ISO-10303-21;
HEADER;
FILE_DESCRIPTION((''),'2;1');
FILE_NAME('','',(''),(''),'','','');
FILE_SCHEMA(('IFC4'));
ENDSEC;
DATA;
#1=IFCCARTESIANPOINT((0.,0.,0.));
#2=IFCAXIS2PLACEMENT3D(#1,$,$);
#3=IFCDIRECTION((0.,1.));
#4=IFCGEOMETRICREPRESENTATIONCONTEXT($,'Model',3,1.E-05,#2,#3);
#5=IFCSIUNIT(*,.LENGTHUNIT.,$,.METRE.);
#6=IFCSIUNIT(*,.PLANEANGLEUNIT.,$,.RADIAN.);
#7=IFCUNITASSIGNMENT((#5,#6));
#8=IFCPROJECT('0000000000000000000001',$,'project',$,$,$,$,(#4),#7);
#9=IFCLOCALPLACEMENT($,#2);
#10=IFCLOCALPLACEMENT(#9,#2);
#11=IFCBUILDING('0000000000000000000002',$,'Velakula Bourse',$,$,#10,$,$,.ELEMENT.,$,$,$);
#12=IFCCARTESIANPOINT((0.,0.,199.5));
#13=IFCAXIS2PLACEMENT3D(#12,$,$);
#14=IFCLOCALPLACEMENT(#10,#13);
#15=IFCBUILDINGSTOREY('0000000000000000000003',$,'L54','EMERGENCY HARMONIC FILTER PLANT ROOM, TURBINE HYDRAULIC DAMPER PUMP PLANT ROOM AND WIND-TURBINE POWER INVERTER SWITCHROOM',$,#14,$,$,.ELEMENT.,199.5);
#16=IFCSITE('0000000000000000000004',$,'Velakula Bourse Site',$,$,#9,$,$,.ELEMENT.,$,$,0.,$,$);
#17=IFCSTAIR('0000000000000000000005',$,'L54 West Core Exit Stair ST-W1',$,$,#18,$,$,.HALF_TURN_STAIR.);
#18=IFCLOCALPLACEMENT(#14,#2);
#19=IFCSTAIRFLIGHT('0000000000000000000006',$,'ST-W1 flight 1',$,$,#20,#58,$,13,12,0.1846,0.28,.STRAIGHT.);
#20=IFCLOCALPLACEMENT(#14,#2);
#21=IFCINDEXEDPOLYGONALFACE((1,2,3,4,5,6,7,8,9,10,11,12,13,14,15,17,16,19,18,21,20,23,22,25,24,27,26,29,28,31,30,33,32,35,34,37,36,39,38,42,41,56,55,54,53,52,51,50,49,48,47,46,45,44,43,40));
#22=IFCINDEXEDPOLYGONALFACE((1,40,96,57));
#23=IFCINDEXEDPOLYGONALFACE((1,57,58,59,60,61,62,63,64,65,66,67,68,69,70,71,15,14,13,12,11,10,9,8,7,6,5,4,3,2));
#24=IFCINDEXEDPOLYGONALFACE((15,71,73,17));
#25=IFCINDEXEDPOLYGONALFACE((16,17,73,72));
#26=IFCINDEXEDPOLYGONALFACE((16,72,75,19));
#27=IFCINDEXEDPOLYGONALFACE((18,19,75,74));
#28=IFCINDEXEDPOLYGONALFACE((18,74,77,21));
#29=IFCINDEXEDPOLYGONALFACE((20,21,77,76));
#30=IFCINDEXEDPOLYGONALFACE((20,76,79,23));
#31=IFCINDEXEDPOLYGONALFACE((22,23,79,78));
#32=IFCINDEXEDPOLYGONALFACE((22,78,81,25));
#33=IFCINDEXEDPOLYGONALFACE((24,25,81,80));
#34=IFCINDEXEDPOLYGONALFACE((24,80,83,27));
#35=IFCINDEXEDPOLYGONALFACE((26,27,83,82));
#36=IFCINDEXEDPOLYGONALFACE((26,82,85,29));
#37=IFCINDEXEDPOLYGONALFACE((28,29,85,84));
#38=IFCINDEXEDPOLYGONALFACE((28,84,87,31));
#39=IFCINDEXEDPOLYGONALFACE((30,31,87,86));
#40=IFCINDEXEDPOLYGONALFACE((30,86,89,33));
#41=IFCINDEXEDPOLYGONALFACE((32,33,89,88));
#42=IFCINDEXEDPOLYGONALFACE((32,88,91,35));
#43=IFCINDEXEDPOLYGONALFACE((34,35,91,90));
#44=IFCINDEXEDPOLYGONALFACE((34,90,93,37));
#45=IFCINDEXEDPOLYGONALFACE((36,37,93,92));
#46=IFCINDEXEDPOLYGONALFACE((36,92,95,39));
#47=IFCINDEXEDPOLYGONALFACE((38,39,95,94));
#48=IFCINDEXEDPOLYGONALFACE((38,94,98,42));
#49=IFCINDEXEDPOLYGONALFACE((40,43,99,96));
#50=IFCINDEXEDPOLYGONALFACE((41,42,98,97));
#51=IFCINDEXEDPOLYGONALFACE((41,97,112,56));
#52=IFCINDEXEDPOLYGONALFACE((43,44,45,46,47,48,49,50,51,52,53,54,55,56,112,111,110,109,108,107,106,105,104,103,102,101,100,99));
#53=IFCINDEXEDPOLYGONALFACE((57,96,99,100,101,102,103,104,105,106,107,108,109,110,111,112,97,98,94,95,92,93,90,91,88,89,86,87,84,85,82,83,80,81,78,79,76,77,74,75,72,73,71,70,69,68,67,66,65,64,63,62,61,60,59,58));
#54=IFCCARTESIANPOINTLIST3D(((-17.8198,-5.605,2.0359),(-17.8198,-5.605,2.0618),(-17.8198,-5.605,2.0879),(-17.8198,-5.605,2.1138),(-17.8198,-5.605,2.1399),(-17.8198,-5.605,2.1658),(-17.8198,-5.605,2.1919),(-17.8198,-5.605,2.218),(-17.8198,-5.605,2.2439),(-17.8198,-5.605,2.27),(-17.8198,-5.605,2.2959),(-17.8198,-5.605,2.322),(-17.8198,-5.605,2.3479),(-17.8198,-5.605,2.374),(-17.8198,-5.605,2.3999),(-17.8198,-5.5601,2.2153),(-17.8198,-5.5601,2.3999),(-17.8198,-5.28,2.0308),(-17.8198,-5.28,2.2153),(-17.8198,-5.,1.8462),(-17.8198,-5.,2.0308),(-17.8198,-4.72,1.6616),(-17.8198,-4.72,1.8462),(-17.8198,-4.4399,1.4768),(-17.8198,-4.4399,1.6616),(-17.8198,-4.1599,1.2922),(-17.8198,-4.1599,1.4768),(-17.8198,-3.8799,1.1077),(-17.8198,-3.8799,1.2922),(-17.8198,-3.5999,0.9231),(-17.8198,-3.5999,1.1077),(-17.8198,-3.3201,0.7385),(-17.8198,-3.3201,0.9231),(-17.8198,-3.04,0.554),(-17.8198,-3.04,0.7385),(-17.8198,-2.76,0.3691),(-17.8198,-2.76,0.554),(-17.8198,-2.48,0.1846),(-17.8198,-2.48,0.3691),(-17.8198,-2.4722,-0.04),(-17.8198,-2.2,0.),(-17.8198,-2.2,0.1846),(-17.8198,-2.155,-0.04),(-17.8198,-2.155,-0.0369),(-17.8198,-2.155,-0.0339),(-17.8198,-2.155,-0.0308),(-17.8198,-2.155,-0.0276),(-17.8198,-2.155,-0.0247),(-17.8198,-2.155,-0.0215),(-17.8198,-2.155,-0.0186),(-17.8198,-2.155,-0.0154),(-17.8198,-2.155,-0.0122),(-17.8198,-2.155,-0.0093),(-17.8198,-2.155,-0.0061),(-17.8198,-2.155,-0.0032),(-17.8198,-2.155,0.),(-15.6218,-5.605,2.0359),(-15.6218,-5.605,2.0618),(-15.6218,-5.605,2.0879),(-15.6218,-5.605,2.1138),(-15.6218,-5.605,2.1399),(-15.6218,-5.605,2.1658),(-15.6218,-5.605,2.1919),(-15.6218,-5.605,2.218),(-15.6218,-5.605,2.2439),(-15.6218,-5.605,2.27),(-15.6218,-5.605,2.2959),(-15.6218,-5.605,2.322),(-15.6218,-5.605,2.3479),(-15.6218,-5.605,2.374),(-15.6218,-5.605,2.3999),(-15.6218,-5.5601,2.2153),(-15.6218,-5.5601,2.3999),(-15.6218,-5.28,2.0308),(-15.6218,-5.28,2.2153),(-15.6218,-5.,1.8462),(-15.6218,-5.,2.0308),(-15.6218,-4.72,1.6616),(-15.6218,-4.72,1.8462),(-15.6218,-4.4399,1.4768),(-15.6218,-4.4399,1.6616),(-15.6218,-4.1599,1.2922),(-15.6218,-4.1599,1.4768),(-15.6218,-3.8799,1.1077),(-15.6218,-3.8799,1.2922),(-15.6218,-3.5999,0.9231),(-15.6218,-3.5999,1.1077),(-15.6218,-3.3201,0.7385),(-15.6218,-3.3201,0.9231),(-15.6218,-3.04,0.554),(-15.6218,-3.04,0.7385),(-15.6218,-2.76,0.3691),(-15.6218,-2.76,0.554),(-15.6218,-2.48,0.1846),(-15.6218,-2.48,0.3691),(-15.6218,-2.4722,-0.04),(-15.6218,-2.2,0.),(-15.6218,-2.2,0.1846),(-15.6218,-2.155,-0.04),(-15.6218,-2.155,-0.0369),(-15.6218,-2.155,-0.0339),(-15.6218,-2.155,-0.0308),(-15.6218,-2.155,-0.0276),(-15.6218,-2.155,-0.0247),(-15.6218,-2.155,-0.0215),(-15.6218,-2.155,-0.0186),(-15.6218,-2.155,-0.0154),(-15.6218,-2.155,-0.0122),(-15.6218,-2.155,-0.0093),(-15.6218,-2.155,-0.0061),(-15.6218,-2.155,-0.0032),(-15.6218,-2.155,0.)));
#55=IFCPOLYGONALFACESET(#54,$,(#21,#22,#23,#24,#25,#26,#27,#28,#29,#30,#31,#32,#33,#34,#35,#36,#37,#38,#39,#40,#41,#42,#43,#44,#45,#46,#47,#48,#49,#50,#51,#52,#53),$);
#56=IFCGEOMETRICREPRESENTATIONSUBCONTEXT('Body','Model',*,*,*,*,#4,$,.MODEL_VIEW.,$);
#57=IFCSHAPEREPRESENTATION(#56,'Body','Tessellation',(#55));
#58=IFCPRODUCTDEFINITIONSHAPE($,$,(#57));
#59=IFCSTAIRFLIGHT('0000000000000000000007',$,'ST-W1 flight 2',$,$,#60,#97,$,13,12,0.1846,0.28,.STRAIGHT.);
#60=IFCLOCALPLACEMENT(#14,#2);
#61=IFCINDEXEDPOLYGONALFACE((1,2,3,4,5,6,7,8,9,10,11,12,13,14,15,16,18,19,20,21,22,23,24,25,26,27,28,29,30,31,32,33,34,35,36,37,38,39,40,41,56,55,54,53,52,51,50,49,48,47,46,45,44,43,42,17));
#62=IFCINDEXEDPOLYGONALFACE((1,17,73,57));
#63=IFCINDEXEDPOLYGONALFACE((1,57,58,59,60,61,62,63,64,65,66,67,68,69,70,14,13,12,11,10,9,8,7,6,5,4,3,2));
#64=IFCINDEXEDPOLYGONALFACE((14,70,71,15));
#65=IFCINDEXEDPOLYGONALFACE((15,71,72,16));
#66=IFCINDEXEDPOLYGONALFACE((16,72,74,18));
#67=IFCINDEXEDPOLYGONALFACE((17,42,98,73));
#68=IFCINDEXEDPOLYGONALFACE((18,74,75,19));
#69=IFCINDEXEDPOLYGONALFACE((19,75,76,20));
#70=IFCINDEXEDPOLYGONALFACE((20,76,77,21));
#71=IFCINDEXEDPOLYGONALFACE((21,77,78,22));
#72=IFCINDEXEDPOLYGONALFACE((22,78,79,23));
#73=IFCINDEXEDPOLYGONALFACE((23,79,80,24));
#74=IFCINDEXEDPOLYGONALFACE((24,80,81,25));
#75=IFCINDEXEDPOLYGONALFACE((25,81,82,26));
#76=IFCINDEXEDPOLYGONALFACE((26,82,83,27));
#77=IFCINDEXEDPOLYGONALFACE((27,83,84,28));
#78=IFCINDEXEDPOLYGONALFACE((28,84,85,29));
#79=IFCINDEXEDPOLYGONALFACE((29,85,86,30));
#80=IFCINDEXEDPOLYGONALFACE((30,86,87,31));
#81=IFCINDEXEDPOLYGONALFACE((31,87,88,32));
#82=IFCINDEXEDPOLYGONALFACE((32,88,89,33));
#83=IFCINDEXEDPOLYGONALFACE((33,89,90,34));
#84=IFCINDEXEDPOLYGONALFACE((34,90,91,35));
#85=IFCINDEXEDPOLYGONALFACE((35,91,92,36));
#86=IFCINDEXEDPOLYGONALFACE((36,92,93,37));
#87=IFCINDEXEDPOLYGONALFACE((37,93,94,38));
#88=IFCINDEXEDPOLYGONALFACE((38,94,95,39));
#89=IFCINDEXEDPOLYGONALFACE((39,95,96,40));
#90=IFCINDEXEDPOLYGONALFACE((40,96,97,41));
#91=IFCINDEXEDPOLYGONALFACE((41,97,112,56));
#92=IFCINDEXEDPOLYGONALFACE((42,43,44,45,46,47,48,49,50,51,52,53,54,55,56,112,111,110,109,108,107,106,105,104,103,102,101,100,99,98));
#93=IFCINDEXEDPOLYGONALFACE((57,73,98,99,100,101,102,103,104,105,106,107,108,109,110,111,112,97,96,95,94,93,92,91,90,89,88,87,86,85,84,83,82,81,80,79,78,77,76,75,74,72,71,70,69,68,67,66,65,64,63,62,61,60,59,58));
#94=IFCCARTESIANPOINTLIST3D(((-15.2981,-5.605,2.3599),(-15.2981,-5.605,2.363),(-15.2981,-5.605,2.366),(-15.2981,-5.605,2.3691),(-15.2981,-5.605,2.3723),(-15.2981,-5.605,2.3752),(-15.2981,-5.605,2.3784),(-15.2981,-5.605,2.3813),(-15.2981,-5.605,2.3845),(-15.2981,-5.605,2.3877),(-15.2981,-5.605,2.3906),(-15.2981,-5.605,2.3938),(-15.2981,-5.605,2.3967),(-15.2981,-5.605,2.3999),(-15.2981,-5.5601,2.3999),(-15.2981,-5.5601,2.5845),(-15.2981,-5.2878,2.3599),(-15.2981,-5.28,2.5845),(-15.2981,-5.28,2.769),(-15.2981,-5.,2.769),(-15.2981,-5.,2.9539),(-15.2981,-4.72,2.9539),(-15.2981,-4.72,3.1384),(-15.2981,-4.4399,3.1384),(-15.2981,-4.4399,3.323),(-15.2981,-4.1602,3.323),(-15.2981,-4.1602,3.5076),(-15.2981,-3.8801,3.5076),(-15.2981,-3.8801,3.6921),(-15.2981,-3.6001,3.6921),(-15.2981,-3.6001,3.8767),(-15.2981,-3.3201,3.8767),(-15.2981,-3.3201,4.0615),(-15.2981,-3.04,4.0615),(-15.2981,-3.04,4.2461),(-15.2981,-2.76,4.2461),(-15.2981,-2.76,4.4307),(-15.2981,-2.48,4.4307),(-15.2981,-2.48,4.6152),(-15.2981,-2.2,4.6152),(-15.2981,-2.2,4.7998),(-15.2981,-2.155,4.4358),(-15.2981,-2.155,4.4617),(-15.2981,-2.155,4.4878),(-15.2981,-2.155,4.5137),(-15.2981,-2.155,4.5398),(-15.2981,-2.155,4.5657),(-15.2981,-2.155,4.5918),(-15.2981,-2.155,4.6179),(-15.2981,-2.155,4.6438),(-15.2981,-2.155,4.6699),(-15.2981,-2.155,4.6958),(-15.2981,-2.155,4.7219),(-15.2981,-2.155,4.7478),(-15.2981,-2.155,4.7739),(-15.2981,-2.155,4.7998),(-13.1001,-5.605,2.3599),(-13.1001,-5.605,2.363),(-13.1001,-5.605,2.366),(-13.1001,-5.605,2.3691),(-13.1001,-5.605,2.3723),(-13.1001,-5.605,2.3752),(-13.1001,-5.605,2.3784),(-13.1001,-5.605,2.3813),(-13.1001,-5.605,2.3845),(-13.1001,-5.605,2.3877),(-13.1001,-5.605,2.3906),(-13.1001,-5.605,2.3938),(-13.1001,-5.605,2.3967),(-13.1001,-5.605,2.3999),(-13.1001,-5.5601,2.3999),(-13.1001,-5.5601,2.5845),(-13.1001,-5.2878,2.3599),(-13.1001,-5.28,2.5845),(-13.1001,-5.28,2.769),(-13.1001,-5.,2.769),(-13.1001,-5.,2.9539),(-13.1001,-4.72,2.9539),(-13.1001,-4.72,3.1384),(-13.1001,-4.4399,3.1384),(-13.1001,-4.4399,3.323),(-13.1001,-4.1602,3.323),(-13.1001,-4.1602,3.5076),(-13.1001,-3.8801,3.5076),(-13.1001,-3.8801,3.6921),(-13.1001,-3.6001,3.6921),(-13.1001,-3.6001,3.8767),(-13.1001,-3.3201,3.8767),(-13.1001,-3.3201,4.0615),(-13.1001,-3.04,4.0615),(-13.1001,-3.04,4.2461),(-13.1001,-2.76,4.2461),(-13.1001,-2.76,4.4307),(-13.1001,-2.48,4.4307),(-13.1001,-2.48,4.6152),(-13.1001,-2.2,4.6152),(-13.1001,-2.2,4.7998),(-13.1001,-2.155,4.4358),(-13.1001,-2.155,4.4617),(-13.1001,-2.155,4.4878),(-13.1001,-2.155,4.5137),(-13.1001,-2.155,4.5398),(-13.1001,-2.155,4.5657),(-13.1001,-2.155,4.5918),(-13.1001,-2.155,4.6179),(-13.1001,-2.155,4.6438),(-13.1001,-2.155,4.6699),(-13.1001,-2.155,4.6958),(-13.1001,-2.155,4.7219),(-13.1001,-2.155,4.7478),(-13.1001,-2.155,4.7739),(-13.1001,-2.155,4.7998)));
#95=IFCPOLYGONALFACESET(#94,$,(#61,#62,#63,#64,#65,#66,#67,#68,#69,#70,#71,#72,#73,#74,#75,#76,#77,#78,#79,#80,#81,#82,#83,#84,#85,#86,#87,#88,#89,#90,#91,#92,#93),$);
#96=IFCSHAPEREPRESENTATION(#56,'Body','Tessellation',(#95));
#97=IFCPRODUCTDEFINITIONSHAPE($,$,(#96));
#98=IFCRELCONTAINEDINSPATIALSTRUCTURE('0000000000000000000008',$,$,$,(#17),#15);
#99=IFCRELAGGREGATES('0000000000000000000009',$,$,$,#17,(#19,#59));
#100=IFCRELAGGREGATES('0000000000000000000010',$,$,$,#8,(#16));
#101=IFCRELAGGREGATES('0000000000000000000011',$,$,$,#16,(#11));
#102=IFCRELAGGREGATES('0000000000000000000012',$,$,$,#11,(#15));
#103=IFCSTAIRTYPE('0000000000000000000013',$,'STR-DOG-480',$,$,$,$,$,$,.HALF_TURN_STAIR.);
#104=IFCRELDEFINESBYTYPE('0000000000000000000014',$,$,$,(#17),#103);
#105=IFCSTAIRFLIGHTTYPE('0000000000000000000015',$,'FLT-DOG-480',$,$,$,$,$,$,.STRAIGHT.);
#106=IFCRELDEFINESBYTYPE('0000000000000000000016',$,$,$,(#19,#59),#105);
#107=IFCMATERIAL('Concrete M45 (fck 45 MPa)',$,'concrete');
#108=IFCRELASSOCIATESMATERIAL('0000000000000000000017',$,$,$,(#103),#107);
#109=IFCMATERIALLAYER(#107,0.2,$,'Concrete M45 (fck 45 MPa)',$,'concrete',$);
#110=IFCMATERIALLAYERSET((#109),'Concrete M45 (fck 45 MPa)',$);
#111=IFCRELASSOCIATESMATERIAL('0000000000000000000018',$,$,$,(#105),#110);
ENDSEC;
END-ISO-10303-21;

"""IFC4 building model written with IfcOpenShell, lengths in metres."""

from ifc_helpers import new_model, si_unit, direction, frame, origin, place, context, subcontext, project, spatial, polyline, outline, extrude, material, layer, layer_set, type_object, element, aggregate, save


model = new_model("IFC4")

# Units and contexts
model_context = context("Model", 3, precision=1e-05, world=origin(), true_north=direction((0.0, 1.0)))
body_context = subcontext(model_context, "Body", "Model", "MODEL_VIEW")
ifc_project = project(units=[si_unit("LENGTHUNIT", "METRE"), si_unit("PLANEANGLEUNIT", "RADIAN")], contexts=[model_context])

# Site, building, storey
site_placement = place(None, origin())
site = spatial("IfcSite", under=ifc_project, at=site_placement, Name="Velakula Bourse Site", CompositionType="ELEMENT", RefElevation=0.0)
building_placement = place(site_placement, origin())
building = spatial("IfcBuilding", under=site, at=building_placement, Name="Velakula Bourse", CompositionType="ELEMENT")
storey_placement = place(building_placement, frame((0.0, 0.0, 199.5)))
storey = spatial("IfcBuildingStorey", under=building, at=storey_placement, Name="L54", Description="EMERGENCY HARMONIC FILTER PLANT ROOM, TURBINE HYDRAULIC DAMPER PUMP PLANT ROOM AND WIND-TURBINE POWER INVERTER SWITCHROOM", CompositionType="ELEMENT", Elevation=199.5)

# Stair, stair flights
ifc_material_1 = material(Name="Concrete M45 (fck 45 MPa)", Category="concrete")
stair_type = type_object("IfcStairType", Name="STR-DOG-480", PredefinedType="HALF_TURN_STAIR", material=ifc_material_1)
stair_placement = place(storey_placement, origin())
stair = element("IfcStair", 1, at=stair_placement, inside=storey, type_object=stair_type, Name="L54 West Core Exit Stair ST-W1", PredefinedType="HALF_TURN_STAIR")
ifc_layer_1 = layer(ifc_material_1, 0.2, Name="Concrete M45 (fck 45 MPa)", Category="concrete")
ifc_layer_set_1 = layer_set([ifc_layer_1], Name="Concrete M45 (fck 45 MPa)")
stair_flight_type = type_object("IfcStairFlightType", Name="FLT-DOG-480", PredefinedType="STRAIGHT", material=ifc_layer_set_1)
stair_flight_1_placement = place(storey_placement, frame((-16.7209, -2.2, 0.0), z_axis=(0.0, 0.0, 1.0), x_axis=(0.0, -1.0, 0.0)))
stair_flight_1 = element("IfcStairFlight", 2, at=stair_flight_1_placement, type_object=stair_flight_type, Name="ST-W1 flight 1", NumberOfRisers=13, NumberOfTreads=12, PredefinedType="STRAIGHT", RiserHeight=0.1846, TreadLength=0.28, context=body_context, shape_type="SweptSolid", body=[
    extrude(outline(polyline([(-0.0449, -0.04), (-0.0449, -0.0369), (-0.0449, -0.0339), (-0.0449, -0.0308), (-0.0449, -0.0276), (-0.0449, -0.0247), (-0.0449, -0.0215), (-0.0449, -0.0186), (-0.0449, -0.0154), (-0.0449, -0.0122), (-0.0449, -0.0093), (-0.0449, -0.0061), (-0.0449, -0.0032), (-0.0449, 0.0), (0.0, 0.0), (0.0, 0.1846), (0.28, 0.1846), (0.28, 0.3691), (0.5601, 0.3691), (0.5601, 0.554), (0.8401, 0.554), (0.8401, 0.7385), (1.1201, 0.7385), (1.1201, 0.9231), (1.3999, 0.9231), (1.3999, 1.1077), (1.6799, 1.1077), (1.6799, 1.2922), (1.96, 1.2922), (1.96, 1.4768), (2.24, 1.4768), (2.24, 1.6616), (2.52, 1.6616), (2.52, 1.8462), (2.8, 1.8462), (2.8, 2.0308), (3.0801, 2.0308), (3.0801, 2.2153), (3.3601, 2.2153), (3.3601, 2.3999), (3.405, 2.3999), (3.405, 2.374), (3.405, 2.3479), (3.405, 2.322), (3.405, 2.2959), (3.405, 2.27), (3.405, 2.2439), (3.405, 2.218), (3.405, 2.1919), (3.405, 2.1658), (3.405, 2.1399), (3.405, 2.1138), (3.405, 2.0879), (3.405, 2.0618), (3.405, 2.0359), (0.2722, -0.04), (-0.0449, -0.04)])), frame((0.0, 1.0991, 0.0), z_axis=(0.0, -1.0, 0.0), x_axis=(1.0, 0.0, 0.0)), (0.0, 0.0, 1.0), 2.198),
])
stair_flight_2_placement = place(storey_placement, frame((-14.199, -5.5601, 2.3999), z_axis=(0.0, 0.0, 1.0), x_axis=(0.0, 1.0, 0.0)))
stair_flight_2 = element("IfcStairFlight", 3, at=stair_flight_2_placement, type_object=stair_flight_type, Name="ST-W1 flight 2", NumberOfRisers=13, NumberOfTreads=12, PredefinedType="STRAIGHT", RiserHeight=0.1846, TreadLength=0.28, context=body_context, shape_type="SweptSolid", body=[
    extrude(outline(polyline([(-0.0449, -0.04), (-0.0449, -0.0369), (-0.0449, -0.0339), (-0.0449, -0.0308), (-0.0449, -0.0276), (-0.0449, -0.0247), (-0.0449, -0.0215), (-0.0449, -0.0186), (-0.0449, -0.0154), (-0.0449, -0.0122), (-0.0449, -0.0093), (-0.0449, -0.0061), (-0.0449, -0.0032), (-0.0449, 0.0), (0.0, 0.0), (0.0, 0.1846), (0.28, 0.1846), (0.28, 0.3691), (0.5601, 0.3691), (0.5601, 0.554), (0.8401, 0.554), (0.8401, 0.7385), (1.1201, 0.7385), (1.1201, 0.9231), (1.3999, 0.9231), (1.3999, 1.1077), (1.6799, 1.1077), (1.6799, 1.2922), (1.96, 1.2922), (1.96, 1.4768), (2.24, 1.4768), (2.24, 1.6616), (2.52, 1.6616), (2.52, 1.8462), (2.8, 1.8462), (2.8, 2.0308), (3.0801, 2.0308), (3.0801, 2.2153), (3.3601, 2.2153), (3.3601, 2.3999), (3.405, 2.3999), (3.405, 2.374), (3.405, 2.3479), (3.405, 2.322), (3.405, 2.2959), (3.405, 2.27), (3.405, 2.2439), (3.405, 2.218), (3.405, 2.1919), (3.405, 2.1658), (3.405, 2.1399), (3.405, 2.1138), (3.405, 2.0879), (3.405, 2.0618), (3.405, 2.0359), (0.2722, -0.04), (-0.0449, -0.04)])), frame((0.0, 1.0991, 0.0), z_axis=(0.0, -1.0, 0.0), x_axis=(1.0, 0.0, 0.0)), (0.0, 0.0, 1.0), 2.198),
])
aggregate(stair, [stair_flight_1, stair_flight_2])

save(model, "model.ifc")
